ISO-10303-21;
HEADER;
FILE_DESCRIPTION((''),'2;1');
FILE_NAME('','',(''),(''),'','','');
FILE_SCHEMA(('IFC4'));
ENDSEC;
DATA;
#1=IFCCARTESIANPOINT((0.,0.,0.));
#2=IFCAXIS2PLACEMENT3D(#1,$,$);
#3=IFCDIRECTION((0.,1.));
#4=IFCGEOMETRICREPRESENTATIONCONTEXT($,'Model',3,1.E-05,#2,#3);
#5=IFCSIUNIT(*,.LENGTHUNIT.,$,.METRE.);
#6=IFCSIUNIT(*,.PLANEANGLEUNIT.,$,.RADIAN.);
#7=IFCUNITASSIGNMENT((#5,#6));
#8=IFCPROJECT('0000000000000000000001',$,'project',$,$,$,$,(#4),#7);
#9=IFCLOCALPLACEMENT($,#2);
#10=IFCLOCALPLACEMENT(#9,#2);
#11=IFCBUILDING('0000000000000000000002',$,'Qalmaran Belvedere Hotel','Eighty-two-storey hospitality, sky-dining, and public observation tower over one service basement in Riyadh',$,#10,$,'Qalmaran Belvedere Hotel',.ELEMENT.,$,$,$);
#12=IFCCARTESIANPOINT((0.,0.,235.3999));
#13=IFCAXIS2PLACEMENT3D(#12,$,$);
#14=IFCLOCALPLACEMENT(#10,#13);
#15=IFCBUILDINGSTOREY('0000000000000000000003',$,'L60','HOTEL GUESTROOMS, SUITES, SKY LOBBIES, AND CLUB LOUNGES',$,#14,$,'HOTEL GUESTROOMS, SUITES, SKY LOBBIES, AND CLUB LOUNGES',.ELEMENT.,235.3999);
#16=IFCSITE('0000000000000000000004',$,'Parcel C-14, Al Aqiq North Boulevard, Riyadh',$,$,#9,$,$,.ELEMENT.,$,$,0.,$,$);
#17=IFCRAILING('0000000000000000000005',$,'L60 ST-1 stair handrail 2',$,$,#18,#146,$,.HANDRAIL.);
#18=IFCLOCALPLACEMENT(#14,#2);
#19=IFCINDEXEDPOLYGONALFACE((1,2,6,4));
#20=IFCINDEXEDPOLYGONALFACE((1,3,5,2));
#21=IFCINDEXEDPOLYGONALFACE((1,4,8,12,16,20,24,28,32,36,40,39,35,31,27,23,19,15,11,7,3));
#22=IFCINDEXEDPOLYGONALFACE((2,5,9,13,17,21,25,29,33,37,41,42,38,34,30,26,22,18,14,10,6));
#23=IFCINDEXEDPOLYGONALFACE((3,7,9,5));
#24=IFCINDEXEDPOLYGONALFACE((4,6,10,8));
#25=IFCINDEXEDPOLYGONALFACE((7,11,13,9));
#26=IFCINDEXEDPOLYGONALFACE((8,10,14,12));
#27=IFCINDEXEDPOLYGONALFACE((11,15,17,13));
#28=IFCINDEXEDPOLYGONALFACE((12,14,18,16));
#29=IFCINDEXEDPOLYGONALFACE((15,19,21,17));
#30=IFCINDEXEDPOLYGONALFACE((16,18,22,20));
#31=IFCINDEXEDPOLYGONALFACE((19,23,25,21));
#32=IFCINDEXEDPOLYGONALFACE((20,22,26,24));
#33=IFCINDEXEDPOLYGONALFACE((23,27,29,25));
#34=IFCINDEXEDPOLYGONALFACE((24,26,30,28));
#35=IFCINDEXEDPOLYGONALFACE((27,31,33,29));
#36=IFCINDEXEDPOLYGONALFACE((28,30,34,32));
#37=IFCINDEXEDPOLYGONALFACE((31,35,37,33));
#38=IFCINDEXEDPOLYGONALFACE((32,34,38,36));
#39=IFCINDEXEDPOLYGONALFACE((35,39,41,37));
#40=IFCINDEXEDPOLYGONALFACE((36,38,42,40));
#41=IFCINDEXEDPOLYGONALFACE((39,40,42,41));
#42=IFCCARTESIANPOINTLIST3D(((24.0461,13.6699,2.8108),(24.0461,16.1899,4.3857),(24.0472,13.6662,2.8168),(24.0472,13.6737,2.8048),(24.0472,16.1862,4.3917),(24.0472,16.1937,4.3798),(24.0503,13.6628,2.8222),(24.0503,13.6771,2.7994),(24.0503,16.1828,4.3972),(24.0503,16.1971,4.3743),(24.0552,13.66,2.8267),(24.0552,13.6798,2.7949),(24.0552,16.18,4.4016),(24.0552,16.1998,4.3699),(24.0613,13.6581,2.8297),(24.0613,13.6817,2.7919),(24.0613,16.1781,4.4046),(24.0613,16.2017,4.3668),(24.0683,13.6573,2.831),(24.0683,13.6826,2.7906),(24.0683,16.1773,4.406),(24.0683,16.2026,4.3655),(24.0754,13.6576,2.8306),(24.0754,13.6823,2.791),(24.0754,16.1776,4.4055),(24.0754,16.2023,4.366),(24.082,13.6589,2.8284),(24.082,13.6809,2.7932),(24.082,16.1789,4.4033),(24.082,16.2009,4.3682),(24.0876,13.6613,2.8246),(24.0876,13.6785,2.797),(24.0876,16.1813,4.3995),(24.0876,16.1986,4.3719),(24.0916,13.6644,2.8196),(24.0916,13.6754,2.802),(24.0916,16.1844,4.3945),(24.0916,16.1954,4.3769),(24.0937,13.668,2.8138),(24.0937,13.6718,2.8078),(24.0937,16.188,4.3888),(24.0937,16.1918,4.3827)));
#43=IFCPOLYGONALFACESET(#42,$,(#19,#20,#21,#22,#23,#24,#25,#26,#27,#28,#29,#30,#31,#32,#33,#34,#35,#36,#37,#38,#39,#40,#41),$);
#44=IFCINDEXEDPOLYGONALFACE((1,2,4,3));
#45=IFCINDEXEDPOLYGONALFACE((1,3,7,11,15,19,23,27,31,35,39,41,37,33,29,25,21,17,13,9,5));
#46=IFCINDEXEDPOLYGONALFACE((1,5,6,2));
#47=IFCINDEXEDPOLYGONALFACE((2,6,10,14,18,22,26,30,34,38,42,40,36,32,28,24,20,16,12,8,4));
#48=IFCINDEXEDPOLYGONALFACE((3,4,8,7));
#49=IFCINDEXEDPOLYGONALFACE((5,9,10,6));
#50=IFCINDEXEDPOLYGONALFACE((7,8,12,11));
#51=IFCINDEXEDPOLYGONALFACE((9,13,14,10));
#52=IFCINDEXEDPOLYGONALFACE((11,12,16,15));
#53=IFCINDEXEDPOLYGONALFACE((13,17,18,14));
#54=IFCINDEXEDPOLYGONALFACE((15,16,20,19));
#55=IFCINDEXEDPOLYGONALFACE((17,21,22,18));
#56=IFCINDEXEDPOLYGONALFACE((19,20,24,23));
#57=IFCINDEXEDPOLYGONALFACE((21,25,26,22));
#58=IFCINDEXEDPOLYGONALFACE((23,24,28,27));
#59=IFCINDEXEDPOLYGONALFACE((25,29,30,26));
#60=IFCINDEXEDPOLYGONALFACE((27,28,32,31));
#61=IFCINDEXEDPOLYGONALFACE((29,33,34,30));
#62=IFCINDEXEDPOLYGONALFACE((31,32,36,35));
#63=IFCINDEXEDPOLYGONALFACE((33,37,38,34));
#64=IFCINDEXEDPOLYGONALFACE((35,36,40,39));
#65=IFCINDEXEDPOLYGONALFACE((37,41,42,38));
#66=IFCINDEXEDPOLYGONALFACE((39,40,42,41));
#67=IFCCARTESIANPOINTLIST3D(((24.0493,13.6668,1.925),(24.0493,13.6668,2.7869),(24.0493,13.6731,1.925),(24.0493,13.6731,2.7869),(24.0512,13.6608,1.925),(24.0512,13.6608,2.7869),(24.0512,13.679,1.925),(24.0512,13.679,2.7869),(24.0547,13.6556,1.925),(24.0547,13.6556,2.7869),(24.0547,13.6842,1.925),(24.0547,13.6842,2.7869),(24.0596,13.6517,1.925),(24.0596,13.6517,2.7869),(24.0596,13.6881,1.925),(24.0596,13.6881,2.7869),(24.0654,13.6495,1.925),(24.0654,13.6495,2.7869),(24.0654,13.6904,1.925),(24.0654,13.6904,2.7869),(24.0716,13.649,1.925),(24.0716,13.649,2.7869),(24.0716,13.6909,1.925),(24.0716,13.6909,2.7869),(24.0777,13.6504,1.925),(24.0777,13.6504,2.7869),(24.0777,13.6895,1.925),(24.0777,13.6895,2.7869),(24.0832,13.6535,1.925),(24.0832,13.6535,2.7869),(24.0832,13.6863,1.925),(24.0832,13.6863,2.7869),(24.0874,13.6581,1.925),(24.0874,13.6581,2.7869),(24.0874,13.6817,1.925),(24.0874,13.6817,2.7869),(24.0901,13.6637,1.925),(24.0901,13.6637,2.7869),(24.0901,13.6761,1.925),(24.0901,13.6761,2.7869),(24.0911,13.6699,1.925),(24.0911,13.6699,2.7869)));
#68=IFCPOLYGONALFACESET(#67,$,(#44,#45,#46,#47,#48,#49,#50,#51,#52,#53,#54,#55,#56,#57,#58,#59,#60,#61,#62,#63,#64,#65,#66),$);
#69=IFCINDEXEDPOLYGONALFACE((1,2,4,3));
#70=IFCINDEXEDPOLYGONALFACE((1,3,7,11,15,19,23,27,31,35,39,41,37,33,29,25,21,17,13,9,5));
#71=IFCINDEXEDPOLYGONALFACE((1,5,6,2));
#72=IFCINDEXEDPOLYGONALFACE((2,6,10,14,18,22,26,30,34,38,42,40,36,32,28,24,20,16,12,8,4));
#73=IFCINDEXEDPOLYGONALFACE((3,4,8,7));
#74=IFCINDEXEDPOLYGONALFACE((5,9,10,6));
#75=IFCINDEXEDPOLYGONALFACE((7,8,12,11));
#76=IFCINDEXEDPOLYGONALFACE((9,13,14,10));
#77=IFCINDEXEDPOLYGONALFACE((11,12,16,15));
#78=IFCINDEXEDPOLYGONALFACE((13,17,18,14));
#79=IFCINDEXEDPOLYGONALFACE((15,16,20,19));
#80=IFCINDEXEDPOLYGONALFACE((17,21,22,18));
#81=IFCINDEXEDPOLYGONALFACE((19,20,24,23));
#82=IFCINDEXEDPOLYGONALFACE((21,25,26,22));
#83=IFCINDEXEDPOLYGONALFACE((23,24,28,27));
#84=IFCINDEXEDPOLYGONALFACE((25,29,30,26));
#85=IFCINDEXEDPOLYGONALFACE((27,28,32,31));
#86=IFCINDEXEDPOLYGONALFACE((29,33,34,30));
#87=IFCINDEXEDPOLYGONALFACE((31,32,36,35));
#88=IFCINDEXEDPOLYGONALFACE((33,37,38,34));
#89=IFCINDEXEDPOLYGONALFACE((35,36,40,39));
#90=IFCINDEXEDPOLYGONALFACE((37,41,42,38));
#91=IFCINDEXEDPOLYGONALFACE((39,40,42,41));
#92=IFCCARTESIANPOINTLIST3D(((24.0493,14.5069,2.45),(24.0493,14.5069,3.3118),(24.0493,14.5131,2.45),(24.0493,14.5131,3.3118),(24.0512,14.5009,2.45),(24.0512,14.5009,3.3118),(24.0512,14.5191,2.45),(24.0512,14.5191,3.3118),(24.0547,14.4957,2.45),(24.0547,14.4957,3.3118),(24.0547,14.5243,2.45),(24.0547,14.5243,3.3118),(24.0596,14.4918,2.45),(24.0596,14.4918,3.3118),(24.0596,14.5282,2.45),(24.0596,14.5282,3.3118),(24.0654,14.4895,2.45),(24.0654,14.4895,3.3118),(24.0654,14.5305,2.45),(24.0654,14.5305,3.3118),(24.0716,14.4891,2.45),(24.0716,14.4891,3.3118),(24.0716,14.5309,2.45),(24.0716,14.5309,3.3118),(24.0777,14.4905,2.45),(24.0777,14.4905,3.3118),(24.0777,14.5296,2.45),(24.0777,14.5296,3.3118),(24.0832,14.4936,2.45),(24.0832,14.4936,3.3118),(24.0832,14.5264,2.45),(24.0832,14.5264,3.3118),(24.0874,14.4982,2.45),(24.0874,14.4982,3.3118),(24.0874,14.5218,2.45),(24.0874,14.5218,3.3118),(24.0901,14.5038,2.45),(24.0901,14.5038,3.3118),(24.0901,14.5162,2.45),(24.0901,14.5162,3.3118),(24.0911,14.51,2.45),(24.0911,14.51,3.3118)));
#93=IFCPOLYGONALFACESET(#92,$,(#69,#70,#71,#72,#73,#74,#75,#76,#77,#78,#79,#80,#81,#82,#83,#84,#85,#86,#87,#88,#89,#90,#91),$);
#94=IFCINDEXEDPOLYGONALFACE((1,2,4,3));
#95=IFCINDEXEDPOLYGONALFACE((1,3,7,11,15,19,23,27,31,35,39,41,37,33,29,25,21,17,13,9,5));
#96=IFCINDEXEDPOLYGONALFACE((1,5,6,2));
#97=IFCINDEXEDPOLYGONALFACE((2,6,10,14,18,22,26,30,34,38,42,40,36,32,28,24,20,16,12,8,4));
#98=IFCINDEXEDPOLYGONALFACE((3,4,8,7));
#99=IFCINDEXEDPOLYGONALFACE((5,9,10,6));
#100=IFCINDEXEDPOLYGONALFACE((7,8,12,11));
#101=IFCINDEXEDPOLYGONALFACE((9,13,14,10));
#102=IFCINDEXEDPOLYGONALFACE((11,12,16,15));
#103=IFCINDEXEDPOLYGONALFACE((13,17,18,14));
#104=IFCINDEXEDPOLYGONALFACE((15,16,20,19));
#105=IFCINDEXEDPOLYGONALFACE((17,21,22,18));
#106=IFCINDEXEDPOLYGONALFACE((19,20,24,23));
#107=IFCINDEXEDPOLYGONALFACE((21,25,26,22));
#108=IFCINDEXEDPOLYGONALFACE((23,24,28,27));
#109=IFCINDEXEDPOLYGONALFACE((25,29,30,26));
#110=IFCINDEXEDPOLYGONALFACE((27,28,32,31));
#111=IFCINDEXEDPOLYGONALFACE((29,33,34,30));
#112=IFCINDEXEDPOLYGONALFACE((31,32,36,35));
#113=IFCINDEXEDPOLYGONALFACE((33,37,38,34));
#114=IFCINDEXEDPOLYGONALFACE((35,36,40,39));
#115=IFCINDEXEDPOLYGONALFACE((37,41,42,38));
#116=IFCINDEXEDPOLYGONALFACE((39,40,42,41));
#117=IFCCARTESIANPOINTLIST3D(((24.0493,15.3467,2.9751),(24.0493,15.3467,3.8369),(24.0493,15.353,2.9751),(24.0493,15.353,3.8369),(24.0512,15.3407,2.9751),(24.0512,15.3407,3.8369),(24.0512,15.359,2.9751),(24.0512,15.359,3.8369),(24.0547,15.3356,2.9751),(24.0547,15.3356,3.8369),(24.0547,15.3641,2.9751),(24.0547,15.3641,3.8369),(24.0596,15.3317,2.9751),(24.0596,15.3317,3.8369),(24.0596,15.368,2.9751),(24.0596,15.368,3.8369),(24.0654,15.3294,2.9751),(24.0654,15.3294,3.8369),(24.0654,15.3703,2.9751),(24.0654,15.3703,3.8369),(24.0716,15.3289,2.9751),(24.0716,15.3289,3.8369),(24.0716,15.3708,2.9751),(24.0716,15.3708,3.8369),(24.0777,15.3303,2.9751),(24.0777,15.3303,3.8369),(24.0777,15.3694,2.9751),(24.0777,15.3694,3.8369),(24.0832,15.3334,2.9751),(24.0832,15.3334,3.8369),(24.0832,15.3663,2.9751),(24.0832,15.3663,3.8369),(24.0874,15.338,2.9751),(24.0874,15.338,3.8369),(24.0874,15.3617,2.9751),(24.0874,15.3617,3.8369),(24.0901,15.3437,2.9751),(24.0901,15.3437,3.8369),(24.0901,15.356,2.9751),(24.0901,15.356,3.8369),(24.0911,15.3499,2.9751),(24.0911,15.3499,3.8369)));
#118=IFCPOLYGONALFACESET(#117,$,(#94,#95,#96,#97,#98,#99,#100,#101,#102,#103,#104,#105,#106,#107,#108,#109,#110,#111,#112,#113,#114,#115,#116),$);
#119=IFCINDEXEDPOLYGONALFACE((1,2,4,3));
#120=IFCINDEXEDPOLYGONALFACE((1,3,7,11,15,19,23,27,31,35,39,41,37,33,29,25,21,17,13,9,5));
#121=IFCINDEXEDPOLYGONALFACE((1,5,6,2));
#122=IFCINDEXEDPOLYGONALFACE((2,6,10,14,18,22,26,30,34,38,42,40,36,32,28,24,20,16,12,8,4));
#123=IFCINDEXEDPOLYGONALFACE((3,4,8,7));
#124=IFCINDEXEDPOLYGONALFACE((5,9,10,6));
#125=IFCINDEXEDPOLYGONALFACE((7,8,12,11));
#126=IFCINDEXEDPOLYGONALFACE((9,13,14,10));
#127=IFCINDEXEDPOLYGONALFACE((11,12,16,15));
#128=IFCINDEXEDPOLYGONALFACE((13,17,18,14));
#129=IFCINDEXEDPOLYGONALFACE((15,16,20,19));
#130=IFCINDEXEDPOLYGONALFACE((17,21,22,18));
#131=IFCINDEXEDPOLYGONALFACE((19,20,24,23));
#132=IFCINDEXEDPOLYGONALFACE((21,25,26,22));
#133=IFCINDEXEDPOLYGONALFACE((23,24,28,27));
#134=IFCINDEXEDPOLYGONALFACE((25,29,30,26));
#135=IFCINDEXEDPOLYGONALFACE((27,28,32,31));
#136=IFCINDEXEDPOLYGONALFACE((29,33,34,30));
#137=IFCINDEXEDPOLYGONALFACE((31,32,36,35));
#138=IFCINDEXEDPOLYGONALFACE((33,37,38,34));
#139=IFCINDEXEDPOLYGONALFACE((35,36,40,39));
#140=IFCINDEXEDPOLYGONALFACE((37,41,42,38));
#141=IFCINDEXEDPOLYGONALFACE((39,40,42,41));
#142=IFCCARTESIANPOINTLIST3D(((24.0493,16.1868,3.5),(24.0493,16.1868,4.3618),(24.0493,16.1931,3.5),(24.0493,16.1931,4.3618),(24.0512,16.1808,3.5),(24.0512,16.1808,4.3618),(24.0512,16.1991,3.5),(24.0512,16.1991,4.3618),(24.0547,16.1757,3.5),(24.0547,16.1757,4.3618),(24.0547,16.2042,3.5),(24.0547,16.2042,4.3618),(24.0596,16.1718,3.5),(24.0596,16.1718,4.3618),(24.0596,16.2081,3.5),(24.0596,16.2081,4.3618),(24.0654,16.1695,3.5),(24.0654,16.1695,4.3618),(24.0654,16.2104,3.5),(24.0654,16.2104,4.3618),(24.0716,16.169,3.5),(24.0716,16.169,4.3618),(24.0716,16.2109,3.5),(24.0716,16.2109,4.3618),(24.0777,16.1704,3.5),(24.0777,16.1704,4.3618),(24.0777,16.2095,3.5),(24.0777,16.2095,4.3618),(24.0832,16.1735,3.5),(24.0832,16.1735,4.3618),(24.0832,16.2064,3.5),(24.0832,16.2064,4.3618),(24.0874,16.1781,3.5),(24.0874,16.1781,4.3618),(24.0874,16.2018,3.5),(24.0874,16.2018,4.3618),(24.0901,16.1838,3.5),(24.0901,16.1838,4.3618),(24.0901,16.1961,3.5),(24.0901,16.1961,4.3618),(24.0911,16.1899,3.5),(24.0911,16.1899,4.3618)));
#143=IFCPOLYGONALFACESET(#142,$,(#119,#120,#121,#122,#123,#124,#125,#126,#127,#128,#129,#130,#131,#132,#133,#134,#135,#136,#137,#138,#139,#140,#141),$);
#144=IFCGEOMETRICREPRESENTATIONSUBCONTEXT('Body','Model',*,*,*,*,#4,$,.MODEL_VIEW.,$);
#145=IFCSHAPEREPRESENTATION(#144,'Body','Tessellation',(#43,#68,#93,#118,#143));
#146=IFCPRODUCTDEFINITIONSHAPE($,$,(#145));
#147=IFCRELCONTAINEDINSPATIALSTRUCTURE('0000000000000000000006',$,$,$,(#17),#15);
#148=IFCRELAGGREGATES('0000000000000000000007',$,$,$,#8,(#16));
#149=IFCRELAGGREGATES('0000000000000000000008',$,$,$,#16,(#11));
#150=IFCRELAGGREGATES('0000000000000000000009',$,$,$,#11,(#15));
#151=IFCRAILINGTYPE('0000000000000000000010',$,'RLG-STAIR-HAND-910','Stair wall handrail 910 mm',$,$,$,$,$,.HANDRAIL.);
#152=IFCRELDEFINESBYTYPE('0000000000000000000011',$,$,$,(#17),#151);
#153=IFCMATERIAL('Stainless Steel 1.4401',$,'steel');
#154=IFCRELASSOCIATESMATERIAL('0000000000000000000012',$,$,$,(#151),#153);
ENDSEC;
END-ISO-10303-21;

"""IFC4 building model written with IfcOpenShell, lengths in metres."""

from ifc_helpers import new_model, si_unit, direction, frame, origin, origin_2d, place, context, subcontext, project, spatial, circle, extrude, material, type_object, element, save


model = new_model("IFC4")

# Units and contexts
model_context = context("Model", 3, precision=1e-05, world=origin(), true_north=direction((0.0, 1.0)))
body_context = subcontext(model_context, "Body", "Model", "MODEL_VIEW")
ifc_project = project(units=[si_unit("LENGTHUNIT", "METRE"), si_unit("PLANEANGLEUNIT", "RADIAN")], contexts=[model_context])

# Site, building, storey
site_placement = place(None, origin())
site = spatial("IfcSite", under=ifc_project, at=site_placement, Name="Parcel C-14, Al Aqiq North Boulevard, Riyadh", CompositionType="ELEMENT", RefElevation=0.0)
building_placement = place(site_placement, origin())
building = spatial("IfcBuilding", under=site, at=building_placement, Name="Qalmaran Belvedere Hotel", Description="Eighty-two-storey hospitality, sky-dining, and public observation tower over one service basement in Riyadh", LongName="Qalmaran Belvedere Hotel", CompositionType="ELEMENT")
storey_placement = place(building_placement, frame((0.0, 0.0, 235.3999)))
storey = spatial("IfcBuildingStorey", under=building, at=storey_placement, Name="L60", Description="HOTEL GUESTROOMS, SUITES, SKY LOBBIES, AND CLUB LOUNGES", LongName="HOTEL GUESTROOMS, SUITES, SKY LOBBIES, AND CLUB LOUNGES", CompositionType="ELEMENT", Elevation=235.3999)

# Shared definitions
ifc_material_1 = material(Name="Stainless Steel 1.4401", Category="steel")

# Railing
railing_type_1 = type_object("IfcRailingType", Name="RLG-STAIR-HAND-910", Description="Stair wall handrail 910 mm", PredefinedType="HANDRAIL", material=ifc_material_1)
railing_1_placement = place(storey_placement, frame((24.0701, 13.6699, 1.925)))
element("IfcRailing", 1, at=railing_1_placement, inside=storey, type_object=railing_type_1, Name="L60 ST-1 stair handrail 2", PredefinedType="HANDRAIL", context=body_context, shape_type="SweptSolid", body=[
    extrude(circle(Radius=0.0239, at=origin_2d()), frame((0.0, 0.0, 0.8857), z_axis=(0.0, 0.848008, 0.529984), x_axis=(-1.0, 0.0, 0.0)), (0.0, 0.0, 1.0), 2.9717),
    extrude(circle(Radius=0.021, at=origin_2d()), origin(), (0.0, 0.0, 1.0), 0.8618),
    extrude(circle(Radius=0.021, at=origin_2d()), frame((0.0, 0.8401, 0.5249)), (0.0, 0.0, 1.0), 0.8618),
    extrude(circle(Radius=0.021, at=origin_2d()), frame((0.0, 1.6799, 1.05)), (0.0, 0.0, 1.0), 0.8618),
    extrude(circle(Radius=0.021, at=origin_2d()), frame((0.0, 2.52, 1.575)), (0.0, 0.0, 1.0), 0.8618),
])

save(model, "model.ifc")
